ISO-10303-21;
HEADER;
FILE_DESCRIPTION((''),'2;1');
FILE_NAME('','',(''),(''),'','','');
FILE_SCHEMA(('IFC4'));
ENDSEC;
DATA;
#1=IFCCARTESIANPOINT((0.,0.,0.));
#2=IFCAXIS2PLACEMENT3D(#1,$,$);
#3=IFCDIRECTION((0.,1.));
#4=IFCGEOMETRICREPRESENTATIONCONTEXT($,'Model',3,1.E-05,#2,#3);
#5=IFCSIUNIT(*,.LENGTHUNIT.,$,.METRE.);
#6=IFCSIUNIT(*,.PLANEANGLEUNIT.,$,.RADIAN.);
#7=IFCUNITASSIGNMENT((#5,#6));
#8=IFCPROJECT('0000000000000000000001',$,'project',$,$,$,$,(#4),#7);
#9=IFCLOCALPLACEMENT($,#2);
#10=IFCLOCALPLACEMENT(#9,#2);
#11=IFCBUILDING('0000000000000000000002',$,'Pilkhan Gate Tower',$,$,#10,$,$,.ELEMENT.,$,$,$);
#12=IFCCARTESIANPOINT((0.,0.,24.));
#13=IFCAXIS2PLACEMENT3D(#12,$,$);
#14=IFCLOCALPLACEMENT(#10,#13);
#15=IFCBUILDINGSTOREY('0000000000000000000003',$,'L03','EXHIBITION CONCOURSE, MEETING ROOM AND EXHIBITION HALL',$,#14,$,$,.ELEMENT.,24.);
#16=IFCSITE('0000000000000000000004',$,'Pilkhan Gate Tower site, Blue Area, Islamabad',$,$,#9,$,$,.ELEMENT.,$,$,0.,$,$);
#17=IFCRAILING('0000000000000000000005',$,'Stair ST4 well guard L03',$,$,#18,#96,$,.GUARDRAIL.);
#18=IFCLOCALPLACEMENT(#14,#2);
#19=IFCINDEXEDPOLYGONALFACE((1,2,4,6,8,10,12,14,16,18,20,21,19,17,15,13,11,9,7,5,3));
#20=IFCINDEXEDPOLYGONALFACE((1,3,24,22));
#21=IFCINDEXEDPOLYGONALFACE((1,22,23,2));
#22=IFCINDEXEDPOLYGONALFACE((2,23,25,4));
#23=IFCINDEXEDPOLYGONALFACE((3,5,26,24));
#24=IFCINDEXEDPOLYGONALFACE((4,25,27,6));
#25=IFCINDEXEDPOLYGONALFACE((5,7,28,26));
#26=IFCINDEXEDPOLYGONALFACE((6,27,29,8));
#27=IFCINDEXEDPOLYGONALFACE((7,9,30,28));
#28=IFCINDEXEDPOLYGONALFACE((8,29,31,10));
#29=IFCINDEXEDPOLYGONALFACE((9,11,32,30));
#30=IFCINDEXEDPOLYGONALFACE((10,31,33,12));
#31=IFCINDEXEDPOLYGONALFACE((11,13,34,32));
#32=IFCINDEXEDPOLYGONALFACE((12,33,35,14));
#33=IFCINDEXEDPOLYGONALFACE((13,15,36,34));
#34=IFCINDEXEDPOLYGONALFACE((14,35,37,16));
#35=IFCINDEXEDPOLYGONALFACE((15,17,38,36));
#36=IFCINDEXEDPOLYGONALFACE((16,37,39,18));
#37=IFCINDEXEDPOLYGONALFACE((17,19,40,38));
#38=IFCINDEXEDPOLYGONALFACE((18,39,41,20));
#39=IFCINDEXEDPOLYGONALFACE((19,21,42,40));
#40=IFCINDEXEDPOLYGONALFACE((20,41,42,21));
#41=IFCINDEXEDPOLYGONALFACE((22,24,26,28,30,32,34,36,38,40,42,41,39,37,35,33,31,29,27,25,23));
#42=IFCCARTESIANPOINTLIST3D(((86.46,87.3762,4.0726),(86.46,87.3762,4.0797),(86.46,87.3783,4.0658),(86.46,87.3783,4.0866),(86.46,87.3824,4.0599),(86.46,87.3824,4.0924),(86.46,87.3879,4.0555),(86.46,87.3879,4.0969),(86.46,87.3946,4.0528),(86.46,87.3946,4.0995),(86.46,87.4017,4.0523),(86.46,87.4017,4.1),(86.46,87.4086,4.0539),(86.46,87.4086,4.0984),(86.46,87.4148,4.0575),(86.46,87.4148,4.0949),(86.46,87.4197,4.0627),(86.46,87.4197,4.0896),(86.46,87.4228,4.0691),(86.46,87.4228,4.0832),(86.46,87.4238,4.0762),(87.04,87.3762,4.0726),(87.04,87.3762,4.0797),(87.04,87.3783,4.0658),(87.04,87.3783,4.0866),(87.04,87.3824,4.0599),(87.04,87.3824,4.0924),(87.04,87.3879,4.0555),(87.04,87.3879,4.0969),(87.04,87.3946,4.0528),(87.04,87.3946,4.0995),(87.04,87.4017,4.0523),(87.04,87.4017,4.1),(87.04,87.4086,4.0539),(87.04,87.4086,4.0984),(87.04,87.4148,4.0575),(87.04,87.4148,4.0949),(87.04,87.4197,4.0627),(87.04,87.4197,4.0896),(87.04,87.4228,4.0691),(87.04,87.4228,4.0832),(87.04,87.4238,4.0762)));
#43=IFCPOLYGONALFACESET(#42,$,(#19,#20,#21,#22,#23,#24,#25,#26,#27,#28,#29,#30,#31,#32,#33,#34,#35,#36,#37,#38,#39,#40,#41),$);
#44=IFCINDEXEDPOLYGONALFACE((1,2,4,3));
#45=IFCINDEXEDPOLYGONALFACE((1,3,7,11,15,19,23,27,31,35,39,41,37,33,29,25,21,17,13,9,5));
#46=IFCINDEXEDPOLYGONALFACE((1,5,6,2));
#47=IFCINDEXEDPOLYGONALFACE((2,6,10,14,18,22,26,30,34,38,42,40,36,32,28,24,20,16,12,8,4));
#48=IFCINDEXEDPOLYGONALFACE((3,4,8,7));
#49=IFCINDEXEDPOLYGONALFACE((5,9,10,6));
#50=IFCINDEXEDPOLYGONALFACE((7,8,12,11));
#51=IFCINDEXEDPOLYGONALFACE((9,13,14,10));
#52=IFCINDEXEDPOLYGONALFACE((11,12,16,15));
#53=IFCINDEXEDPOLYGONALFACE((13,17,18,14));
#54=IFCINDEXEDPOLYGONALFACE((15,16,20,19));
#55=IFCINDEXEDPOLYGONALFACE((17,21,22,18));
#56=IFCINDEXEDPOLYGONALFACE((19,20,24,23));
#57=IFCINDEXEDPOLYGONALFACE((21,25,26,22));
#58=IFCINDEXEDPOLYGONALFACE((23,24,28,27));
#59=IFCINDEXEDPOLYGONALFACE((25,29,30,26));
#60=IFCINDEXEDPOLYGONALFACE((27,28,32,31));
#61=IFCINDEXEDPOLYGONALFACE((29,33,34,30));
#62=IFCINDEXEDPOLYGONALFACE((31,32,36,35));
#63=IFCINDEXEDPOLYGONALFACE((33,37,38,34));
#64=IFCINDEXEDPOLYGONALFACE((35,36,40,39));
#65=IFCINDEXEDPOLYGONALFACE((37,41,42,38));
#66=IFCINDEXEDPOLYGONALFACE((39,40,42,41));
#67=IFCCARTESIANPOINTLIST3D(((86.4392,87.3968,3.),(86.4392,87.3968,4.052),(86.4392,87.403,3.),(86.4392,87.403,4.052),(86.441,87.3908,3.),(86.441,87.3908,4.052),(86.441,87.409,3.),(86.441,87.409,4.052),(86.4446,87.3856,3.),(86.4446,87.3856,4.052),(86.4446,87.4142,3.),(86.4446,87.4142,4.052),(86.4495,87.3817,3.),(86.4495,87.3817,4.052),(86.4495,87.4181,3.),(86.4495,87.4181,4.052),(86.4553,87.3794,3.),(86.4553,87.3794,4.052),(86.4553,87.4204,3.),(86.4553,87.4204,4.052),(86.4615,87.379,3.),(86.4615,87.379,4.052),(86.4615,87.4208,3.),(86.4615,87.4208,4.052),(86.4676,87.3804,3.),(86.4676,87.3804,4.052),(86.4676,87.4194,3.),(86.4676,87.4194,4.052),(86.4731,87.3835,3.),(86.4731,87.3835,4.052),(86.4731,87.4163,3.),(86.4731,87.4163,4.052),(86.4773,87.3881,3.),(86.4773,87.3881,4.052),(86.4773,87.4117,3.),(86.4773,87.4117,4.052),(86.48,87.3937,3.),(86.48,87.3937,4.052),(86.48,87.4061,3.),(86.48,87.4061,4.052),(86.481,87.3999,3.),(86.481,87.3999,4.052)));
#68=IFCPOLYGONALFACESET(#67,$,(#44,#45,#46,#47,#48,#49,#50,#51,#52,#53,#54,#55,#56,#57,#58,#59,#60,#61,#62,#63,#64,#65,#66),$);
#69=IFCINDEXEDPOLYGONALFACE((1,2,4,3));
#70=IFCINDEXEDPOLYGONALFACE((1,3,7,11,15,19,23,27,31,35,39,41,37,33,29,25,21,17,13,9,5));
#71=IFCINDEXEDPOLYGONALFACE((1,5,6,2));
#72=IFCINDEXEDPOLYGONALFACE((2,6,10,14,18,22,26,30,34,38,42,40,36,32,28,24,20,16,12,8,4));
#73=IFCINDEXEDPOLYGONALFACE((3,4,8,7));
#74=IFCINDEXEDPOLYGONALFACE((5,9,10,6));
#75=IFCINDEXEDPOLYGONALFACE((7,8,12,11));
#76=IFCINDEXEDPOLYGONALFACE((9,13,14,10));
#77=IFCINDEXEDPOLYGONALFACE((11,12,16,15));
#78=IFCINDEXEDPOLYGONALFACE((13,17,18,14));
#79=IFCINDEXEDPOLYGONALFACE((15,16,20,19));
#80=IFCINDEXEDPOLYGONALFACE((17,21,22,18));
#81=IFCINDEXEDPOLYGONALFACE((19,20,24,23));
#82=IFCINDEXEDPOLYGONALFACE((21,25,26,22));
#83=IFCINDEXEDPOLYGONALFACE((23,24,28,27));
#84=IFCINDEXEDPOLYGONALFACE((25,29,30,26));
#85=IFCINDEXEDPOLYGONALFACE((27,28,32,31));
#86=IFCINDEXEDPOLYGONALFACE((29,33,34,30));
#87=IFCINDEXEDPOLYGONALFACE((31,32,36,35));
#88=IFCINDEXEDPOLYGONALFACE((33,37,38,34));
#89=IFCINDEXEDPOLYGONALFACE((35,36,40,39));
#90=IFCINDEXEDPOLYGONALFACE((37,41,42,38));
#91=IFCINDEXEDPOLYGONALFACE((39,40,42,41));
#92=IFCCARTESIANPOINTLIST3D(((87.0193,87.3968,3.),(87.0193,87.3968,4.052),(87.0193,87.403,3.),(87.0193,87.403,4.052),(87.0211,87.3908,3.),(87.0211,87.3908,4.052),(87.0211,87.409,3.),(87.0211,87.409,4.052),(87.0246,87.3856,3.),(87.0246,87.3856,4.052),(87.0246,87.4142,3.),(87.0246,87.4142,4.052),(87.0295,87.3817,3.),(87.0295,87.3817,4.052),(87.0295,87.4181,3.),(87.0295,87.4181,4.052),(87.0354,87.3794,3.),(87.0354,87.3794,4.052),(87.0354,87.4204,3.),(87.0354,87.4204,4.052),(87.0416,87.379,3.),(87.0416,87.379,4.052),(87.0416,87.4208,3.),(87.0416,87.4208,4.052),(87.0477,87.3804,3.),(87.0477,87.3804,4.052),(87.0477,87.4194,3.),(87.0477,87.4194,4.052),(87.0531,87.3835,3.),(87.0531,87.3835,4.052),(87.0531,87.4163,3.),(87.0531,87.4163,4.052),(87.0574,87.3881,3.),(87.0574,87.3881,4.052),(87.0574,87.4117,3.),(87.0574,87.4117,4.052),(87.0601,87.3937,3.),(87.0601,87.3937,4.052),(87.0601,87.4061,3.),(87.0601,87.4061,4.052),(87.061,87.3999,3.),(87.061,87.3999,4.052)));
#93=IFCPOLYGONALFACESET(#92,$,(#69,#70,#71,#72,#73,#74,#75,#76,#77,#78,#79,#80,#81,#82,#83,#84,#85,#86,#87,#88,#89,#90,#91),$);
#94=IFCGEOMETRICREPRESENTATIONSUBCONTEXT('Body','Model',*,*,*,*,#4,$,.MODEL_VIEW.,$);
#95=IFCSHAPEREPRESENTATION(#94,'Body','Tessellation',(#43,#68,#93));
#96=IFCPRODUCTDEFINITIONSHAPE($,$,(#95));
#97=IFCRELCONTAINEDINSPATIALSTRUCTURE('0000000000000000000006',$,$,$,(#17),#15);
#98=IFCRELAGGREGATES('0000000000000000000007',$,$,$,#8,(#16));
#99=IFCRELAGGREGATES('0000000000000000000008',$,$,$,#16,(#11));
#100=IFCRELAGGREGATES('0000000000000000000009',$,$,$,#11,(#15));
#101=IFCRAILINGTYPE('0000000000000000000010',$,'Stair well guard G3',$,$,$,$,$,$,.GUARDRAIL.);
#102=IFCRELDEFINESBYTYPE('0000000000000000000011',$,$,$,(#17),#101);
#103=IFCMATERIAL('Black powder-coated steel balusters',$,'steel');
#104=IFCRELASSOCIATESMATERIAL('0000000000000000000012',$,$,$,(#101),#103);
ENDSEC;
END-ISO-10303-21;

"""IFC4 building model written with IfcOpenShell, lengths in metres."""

from ifc_helpers import new_model, si_unit, direction, frame, origin, origin_2d, place, context, subcontext, project, spatial, circle, extrude, material, type_object, element, save


model = new_model("IFC4")

# Units and contexts
model_context = context("Model", 3, precision=1e-05, world=origin(), true_north=direction((0.0, 1.0)))
body_context = subcontext(model_context, "Body", "Model", "MODEL_VIEW")
ifc_project = project(units=[si_unit("LENGTHUNIT", "METRE"), si_unit("PLANEANGLEUNIT", "RADIAN")], contexts=[model_context])

# Site, building, storey
site_placement = place(None, origin())
site = spatial("IfcSite", under=ifc_project, at=site_placement, Name="Pilkhan Gate Tower site, Blue Area, Islamabad", CompositionType="ELEMENT", RefElevation=0.0)
building_placement = place(site_placement, origin())
building = spatial("IfcBuilding", under=site, at=building_placement, Name="Pilkhan Gate Tower", CompositionType="ELEMENT")
storey_placement = place(building_placement, frame((0.0, 0.0, 24.0)))
storey = spatial("IfcBuildingStorey", under=building, at=storey_placement, Name="L03", Description="EXHIBITION CONCOURSE, MEETING ROOM AND EXHIBITION HALL", CompositionType="ELEMENT", Elevation=24.0)

# Railing
ifc_material_1 = material(Name="Black powder-coated steel balusters", Category="steel")
railing_type_1 = type_object("IfcRailingType", Name="Stair well guard G3", PredefinedType="GUARDRAIL", material=ifc_material_1)
for number, where, name in (
    (1, (86.46, 87.3999, 3.0), "Stair ST4 well guard L03"),
):
    element("IfcRailing", number, at=place(storey_placement, frame(where)), inside=storey, type_object=railing_type_1, Name=name, PredefinedType="GUARDRAIL", context=body_context, shape_type="SweptSolid", body=[
        extrude(circle(Radius=0.0239, at=origin_2d()), frame((0.0, 0.0, 1.0762), z_axis=(1.0, 0.0, 0.0), x_axis=(0.0, 1.0, 0.0)), (0.0, 0.0, 1.0), 0.5801),
        extrude(circle(Radius=0.021, at=origin_2d()), origin(), (0.0, 0.0, 1.0), 1.052),
        extrude(circle(Radius=0.021, at=origin_2d()), frame((0.5801, 0.0, 0.0)), (0.0, 0.0, 1.0), 1.052),
    ])

save(model, "model.ifc")
